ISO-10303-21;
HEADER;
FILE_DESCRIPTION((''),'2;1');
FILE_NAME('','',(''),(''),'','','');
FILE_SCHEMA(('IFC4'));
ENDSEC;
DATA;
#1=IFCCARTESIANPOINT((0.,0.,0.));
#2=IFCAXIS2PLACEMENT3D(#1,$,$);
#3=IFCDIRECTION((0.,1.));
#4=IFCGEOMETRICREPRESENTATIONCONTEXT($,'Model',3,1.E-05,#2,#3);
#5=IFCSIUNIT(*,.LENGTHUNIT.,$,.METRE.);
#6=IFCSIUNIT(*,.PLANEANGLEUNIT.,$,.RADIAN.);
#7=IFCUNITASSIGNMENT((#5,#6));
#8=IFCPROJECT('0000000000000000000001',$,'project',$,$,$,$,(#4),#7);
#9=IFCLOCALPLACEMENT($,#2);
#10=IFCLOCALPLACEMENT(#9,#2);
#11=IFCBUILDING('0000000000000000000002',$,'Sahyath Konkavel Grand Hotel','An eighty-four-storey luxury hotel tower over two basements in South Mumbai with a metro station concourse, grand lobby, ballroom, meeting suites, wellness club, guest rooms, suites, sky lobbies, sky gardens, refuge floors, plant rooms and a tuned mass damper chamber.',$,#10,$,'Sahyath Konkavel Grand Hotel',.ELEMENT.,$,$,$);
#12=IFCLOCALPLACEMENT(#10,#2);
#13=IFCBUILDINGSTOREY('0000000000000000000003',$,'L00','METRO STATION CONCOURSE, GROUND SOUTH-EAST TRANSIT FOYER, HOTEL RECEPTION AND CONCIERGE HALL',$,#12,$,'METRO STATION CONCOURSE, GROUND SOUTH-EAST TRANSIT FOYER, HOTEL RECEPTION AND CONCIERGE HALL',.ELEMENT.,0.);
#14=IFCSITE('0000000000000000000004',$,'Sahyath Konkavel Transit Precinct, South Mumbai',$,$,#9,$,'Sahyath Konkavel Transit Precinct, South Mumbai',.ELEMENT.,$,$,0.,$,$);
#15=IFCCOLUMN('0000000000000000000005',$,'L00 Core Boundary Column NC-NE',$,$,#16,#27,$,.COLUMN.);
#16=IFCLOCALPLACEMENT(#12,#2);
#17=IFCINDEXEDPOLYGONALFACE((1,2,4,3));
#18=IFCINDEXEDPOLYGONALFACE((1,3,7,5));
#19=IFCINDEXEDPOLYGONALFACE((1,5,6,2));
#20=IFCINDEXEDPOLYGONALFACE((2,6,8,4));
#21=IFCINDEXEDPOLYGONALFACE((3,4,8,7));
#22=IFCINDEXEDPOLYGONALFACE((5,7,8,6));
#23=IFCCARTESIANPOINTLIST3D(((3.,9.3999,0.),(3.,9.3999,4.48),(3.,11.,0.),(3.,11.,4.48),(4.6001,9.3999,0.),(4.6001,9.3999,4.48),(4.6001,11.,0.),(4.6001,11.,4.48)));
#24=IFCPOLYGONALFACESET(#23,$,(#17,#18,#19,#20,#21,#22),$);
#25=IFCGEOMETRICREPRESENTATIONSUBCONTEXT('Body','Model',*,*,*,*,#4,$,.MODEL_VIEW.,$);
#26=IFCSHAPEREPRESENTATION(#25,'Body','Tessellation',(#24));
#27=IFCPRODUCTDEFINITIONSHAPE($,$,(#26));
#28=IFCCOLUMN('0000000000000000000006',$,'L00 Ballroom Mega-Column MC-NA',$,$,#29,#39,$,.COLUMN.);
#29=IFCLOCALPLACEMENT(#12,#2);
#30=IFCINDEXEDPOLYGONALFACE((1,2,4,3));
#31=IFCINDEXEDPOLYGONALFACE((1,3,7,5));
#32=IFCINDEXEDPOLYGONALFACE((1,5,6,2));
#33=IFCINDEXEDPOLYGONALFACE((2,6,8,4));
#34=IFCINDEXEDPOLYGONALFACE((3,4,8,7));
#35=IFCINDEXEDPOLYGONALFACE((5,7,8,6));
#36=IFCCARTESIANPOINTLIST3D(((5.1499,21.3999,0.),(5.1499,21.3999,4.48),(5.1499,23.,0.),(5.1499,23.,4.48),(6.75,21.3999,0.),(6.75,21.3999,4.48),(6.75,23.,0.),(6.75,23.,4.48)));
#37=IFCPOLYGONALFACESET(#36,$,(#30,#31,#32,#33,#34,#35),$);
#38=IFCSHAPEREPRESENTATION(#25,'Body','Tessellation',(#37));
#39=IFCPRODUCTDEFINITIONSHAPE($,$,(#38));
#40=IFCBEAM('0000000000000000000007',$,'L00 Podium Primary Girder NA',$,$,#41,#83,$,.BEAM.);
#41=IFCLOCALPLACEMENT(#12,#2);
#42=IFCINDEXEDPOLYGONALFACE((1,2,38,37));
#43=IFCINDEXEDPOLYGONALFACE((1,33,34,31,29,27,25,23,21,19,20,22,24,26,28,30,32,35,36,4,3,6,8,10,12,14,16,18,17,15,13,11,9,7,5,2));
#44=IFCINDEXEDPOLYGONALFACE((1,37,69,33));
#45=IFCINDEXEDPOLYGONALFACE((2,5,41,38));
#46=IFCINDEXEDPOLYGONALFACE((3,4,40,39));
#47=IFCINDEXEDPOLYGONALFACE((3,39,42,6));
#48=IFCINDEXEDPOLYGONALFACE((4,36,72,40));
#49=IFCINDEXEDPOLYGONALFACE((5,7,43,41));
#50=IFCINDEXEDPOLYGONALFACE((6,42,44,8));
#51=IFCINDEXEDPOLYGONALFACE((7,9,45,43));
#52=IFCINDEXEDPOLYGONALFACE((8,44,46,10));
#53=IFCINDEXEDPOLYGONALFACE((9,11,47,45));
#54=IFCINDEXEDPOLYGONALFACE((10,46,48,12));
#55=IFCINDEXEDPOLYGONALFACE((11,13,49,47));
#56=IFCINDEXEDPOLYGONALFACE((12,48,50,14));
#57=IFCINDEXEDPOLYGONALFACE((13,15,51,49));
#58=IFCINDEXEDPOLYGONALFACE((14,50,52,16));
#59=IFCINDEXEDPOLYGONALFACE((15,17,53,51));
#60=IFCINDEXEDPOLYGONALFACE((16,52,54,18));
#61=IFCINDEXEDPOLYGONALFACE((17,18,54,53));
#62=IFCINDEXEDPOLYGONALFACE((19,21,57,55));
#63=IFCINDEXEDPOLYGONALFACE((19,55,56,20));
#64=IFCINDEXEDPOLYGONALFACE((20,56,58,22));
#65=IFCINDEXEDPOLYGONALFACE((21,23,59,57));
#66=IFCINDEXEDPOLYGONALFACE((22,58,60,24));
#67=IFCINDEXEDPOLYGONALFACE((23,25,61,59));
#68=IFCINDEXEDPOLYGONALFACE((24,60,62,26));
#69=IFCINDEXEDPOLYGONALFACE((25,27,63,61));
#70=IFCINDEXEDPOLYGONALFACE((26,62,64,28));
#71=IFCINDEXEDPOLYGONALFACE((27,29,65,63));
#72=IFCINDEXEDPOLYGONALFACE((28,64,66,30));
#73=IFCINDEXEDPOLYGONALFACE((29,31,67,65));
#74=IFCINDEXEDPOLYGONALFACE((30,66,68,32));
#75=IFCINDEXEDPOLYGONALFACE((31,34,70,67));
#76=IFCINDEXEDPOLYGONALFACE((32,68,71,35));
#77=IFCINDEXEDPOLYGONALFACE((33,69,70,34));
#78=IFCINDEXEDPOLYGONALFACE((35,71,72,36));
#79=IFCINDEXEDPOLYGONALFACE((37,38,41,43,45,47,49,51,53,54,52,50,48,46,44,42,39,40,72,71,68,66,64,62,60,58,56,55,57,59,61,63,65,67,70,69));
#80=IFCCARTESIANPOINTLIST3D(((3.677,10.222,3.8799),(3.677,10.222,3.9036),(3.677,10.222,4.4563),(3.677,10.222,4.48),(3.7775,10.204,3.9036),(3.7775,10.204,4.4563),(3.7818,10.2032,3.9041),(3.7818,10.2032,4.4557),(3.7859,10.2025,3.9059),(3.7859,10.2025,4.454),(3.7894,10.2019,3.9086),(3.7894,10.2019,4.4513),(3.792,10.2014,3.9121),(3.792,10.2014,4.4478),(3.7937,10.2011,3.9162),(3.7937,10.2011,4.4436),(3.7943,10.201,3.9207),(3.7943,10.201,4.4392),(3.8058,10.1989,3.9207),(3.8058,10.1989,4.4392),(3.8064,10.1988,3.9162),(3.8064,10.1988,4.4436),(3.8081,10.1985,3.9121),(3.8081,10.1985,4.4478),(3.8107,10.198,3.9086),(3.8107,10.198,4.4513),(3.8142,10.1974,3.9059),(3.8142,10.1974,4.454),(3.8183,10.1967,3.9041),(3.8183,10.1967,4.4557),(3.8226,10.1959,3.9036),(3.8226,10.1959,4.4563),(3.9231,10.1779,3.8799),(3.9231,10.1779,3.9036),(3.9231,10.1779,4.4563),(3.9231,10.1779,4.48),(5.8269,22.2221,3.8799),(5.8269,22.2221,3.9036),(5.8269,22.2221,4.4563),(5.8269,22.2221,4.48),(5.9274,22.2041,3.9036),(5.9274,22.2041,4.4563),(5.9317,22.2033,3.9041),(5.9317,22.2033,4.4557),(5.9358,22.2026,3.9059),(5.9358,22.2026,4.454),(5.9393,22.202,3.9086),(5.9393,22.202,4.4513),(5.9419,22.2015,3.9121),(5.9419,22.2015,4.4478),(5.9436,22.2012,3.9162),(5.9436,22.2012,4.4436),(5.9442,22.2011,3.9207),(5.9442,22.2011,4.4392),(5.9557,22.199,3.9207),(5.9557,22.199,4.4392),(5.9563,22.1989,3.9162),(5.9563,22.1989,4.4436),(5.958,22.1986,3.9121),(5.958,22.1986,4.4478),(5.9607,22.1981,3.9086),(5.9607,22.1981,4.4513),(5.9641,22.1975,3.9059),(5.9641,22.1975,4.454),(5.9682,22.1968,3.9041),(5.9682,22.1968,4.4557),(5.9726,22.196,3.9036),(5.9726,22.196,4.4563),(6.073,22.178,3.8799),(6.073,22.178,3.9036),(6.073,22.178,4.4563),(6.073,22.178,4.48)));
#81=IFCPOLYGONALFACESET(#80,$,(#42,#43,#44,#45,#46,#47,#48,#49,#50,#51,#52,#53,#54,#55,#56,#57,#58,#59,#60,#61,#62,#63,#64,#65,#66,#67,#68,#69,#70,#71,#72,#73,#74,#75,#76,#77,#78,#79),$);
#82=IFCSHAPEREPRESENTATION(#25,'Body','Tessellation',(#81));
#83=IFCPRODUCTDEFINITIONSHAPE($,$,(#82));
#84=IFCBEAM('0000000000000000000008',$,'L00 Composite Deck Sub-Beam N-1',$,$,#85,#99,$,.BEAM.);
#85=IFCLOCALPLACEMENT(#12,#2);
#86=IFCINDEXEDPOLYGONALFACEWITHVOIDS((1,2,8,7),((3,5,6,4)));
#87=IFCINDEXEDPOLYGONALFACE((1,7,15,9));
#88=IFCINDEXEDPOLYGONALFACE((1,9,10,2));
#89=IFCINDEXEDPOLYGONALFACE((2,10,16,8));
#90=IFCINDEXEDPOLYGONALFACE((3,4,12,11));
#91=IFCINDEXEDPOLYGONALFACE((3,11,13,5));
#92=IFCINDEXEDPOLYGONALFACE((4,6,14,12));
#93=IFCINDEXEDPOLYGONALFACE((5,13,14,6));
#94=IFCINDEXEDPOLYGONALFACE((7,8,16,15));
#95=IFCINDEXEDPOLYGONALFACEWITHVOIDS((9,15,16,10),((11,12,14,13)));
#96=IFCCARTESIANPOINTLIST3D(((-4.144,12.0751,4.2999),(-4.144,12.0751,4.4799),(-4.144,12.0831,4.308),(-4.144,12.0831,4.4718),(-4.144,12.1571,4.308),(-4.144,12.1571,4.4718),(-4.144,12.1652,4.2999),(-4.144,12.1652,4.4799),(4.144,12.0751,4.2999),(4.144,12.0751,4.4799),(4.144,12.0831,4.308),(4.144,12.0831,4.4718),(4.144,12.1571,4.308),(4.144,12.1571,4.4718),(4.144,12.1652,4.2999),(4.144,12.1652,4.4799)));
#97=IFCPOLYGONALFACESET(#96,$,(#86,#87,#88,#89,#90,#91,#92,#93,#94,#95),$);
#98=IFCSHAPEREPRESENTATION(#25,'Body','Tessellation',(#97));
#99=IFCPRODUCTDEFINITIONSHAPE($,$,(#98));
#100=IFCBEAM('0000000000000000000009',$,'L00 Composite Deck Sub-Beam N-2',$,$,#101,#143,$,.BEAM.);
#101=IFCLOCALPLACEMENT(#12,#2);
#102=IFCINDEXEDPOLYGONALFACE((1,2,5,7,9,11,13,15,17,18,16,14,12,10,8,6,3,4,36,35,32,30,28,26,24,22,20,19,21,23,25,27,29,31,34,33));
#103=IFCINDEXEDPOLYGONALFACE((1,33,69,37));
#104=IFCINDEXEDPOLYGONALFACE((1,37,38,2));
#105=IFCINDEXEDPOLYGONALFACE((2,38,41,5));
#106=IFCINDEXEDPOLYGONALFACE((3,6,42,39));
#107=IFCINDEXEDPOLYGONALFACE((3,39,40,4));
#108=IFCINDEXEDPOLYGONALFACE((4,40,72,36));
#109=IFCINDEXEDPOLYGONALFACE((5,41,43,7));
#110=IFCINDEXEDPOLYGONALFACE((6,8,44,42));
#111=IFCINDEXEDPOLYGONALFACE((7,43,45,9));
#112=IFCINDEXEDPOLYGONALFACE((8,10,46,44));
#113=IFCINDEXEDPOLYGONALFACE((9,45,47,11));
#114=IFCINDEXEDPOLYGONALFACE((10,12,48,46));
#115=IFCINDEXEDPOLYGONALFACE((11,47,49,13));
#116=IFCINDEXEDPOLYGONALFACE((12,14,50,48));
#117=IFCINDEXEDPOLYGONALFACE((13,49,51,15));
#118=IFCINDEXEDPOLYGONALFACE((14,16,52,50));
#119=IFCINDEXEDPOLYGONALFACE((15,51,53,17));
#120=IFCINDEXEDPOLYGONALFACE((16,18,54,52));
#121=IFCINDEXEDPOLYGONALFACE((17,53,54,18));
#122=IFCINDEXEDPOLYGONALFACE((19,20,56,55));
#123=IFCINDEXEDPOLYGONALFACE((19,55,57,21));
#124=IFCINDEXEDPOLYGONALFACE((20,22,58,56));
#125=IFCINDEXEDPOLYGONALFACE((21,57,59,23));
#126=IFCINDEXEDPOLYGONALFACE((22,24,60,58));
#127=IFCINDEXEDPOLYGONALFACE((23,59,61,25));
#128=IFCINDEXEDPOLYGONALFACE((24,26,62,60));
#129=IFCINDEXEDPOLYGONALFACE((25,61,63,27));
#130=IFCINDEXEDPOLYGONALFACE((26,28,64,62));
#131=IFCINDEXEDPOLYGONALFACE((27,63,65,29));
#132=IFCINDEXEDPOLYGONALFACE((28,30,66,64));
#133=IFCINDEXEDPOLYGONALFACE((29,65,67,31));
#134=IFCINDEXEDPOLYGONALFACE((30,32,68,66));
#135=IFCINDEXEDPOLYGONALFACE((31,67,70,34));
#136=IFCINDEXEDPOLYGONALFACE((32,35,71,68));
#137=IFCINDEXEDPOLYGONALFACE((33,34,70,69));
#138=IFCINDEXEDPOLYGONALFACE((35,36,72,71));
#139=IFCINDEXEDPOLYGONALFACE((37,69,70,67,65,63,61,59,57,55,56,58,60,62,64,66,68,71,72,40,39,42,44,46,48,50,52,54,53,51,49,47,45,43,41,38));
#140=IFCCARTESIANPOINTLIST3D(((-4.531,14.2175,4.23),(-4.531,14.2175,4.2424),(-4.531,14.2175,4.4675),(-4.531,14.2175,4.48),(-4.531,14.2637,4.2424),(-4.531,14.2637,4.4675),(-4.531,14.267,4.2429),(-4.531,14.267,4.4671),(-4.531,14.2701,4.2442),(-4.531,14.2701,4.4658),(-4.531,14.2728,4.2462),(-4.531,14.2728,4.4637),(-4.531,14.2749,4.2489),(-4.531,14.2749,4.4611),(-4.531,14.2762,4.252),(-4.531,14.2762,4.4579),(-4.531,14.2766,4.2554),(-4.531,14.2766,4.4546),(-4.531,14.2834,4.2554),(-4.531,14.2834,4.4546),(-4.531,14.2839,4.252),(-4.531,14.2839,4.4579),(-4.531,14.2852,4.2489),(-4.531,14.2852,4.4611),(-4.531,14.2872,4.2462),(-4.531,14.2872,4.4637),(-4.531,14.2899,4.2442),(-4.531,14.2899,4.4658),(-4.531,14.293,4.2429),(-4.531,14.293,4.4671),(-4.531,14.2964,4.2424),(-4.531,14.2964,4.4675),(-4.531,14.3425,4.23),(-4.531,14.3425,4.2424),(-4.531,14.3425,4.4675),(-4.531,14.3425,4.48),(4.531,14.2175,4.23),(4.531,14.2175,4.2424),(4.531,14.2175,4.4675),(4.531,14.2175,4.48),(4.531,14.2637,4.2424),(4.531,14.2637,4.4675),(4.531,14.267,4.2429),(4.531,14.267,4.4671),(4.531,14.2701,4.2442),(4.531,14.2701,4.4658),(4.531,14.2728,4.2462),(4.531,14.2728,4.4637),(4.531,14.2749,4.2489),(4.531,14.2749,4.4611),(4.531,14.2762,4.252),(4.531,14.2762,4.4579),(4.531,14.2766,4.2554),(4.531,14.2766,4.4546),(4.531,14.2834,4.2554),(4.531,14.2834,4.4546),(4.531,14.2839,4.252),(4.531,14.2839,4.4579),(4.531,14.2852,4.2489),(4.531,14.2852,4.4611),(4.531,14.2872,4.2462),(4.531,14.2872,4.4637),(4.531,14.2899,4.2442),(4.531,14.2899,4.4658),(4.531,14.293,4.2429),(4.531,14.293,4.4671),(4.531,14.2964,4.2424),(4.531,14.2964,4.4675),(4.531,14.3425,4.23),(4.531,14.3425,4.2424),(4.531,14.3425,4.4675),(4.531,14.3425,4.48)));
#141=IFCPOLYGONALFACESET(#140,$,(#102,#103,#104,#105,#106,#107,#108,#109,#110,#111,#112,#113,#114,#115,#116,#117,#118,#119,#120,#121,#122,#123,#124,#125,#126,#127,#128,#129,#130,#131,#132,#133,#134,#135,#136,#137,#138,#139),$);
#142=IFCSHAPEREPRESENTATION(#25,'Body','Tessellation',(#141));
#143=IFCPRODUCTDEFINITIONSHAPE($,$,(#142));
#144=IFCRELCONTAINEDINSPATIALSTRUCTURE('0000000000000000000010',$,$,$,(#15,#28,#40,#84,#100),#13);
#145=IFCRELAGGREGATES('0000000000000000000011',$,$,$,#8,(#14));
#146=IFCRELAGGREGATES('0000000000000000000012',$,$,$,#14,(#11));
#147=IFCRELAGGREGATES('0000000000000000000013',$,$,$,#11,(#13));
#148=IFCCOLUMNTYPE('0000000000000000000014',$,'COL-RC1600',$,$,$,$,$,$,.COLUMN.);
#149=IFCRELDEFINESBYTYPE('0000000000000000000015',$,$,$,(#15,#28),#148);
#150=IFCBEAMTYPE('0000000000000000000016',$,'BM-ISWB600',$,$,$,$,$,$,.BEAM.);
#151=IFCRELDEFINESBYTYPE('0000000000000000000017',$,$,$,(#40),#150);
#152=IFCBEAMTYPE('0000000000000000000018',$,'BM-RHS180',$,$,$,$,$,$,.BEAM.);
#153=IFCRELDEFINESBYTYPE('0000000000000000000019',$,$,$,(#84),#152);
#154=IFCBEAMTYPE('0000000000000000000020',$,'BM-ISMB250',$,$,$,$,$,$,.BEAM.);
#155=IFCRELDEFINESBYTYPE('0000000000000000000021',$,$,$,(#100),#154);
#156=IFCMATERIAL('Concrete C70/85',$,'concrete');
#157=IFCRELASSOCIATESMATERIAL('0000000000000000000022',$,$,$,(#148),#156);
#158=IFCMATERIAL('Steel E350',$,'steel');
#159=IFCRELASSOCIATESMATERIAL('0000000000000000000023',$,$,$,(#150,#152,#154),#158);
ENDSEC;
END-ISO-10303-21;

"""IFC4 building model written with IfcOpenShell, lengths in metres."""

from ifc_helpers import new_model, si_unit, direction, frame, origin, origin_2d, place, context, subcontext, project, spatial, rectangle, hollow_rectangle, i_section, extrude, source, transform, mapped, material, material_profile, profile_set, type_object, element, save


model = new_model("IFC4")

# Units and contexts
model_context = context("Model", 3, precision=1e-05, world=origin(), true_north=direction((0.0, 1.0)))
body_context = subcontext(model_context, "Body", "Model", "MODEL_VIEW")
ifc_project = project(units=[si_unit("LENGTHUNIT", "METRE"), si_unit("PLANEANGLEUNIT", "RADIAN")], contexts=[model_context])

# Site, building, storey
site_placement = place(None, origin())
site = spatial("IfcSite", under=ifc_project, at=site_placement, Name="Sahyath Konkavel Transit Precinct, South Mumbai", LongName="Sahyath Konkavel Transit Precinct, South Mumbai", CompositionType="ELEMENT", RefElevation=0.0)
building_placement = place(site_placement, origin())
building = spatial("IfcBuilding", under=site, at=building_placement, Name="Sahyath Konkavel Grand Hotel", Description="An eighty-four-storey luxury hotel tower over two basements in South Mumbai with a metro station concourse, grand lobby, ballroom, meeting suites, wellness club, guest rooms, suites, sky lobbies, sky gardens, refuge floors, plant rooms and a tuned mass damper chamber.", LongName="Sahyath Konkavel Grand Hotel", CompositionType="ELEMENT")
storey_placement = place(building_placement, origin())
storey = spatial("IfcBuildingStorey", under=building, at=storey_placement, Name="L00", Description="METRO STATION CONCOURSE, GROUND SOUTH-EAST TRANSIT FOYER, HOTEL RECEPTION AND CONCIERGE HALL", LongName="METRO STATION CONCOURSE, GROUND SOUTH-EAST TRANSIT FOYER, HOTEL RECEPTION AND CONCIERGE HALL", CompositionType="ELEMENT", Elevation=0.0)

# Columns
ifc_material_1 = material(Name="Concrete C70/85", Category="concrete")
ifc_material_profile_1 = material_profile(ifc_material_1, rectangle(XDim=1.6001, YDim=1.6001, at=origin_2d()), Name="RC 1600x1600")
ifc_profile_set_1 = profile_set([ifc_material_profile_1], Name="Concrete C70/85")
column_type = type_object("IfcColumnType", Name="COL-RC1600", PredefinedType="COLUMN", material=ifc_profile_set_1)
shared_shape_1 = source(origin(), body_context, "Body", "SweptSolid", [
    extrude(rectangle(XDim=1.6001, YDim=1.6001, at=origin_2d()), origin(), (0.0, 0.0, 1.0), 4.48),
])
for number, where, z_axis, x_axis, name in (
    (1, (3.8, 10.2, 0.0), (0.0, 0.0, 1.0), (1.0, 0.0, 0.0), "L00 Core Boundary Column NC-NE"),
    (2, (5.95, 22.2, 0.0), (0.0, 0.0, 1.0), (1.0, 0.0, 0.0), "L00 Ballroom Mega-Column MC-NA"),
):
    element("IfcColumn", number, at=place(storey_placement, frame(where, z_axis=z_axis, x_axis=x_axis)), inside=storey, type_object=column_type, Name=name, PredefinedType="COLUMN", context=body_context, shape_type="MappedRepresentation", body=[
        mapped(shared_shape_1, transform((0.0, 0.0, 0.0), scale=1.0)),
    ])

# Beams
ifc_material_2 = material(Name="Steel E350", Category="steel")
ifc_material_profile_2 = material_profile(ifc_material_2, i_section(OverallWidth=0.25, OverallDepth=0.6001, WebThickness=0.0117, FlangeThickness=0.0237, FilletRadius=0.0171, at=origin_2d()), Name="ISWB 600")
ifc_profile_set_2 = profile_set([ifc_material_profile_2], Name="Steel E350")
beam_type_1 = type_object("IfcBeamType", Name="BM-ISWB600", PredefinedType="BEAM", material=ifc_profile_set_2)
shared_shape_2 = source(origin(), body_context, "Body", "SweptSolid", [
    extrude(i_section(OverallWidth=0.25, OverallDepth=0.6001, WebThickness=0.0117, FlangeThickness=0.0237, FilletRadius=0.0171, at=origin_2d()), origin(), (0.0, 0.0, 1.0), 12.1912),
])
beam_1_placement = place(storey_placement, frame((3.8, 10.2, 4.1799), z_axis=(0.176351, 0.984327, 0.0), x_axis=(-0.984327, 0.176351, 0.0)))
element("IfcBeam", 3, at=beam_1_placement, inside=storey, type_object=beam_type_1, Name="L00 Podium Primary Girder NA", PredefinedType="BEAM", context=body_context, shape_type="MappedRepresentation", body=[
    mapped(shared_shape_2, transform((0.0, 0.0, 0.0), scale=1.0)),
])
ifc_material_profile_3 = material_profile(ifc_material_2, hollow_rectangle(XDim=0.0901, YDim=0.1799, WallThickness=0.0081, at=origin_2d()), Name="RHS 180x90x8")
ifc_profile_set_3 = profile_set([ifc_material_profile_3], Name="Steel E350")
beam_type_2 = type_object("IfcBeamType", Name="BM-RHS180", PredefinedType="BEAM", material=ifc_profile_set_3)
shared_shape_3 = source(origin(), body_context, "Body", "SweptSolid", [
    extrude(hollow_rectangle(XDim=0.0901, YDim=0.1799, WallThickness=0.0081, at=origin_2d()), origin(), (0.0, 0.0, 1.0), 8.2881),
])
beam_2_placement = place(storey_placement, frame((4.144, 12.1201, 4.3899), z_axis=(-1.0, 0.0, 0.0), x_axis=(0.0, -1.0, 0.0)))
element("IfcBeam", 4, at=beam_2_placement, inside=storey, type_object=beam_type_2, Name="L00 Composite Deck Sub-Beam N-1", PredefinedType="BEAM", context=body_context, shape_type="MappedRepresentation", body=[
    mapped(shared_shape_3, transform((0.0, 0.0, 0.0), scale=1.0)),
])
ifc_material_profile_4 = material_profile(ifc_material_2, i_section(OverallWidth=0.125, OverallDepth=0.25, WebThickness=0.0068, FlangeThickness=0.0125, FilletRadius=0.0129, at=origin_2d()), Name="ISMB 250")
ifc_profile_set_4 = profile_set([ifc_material_profile_4], Name="Steel E350")
beam_type_3 = type_object("IfcBeamType", Name="BM-ISMB250", PredefinedType="BEAM", material=ifc_profile_set_4)
shared_shape_4 = source(origin(), body_context, "Body", "SweptSolid", [
    extrude(i_section(OverallWidth=0.125, OverallDepth=0.25, WebThickness=0.0068, FlangeThickness=0.0125, FilletRadius=0.0129, at=origin_2d()), origin(), (0.0, 0.0, 1.0), 9.062),
])
beam_3_placement = place(storey_placement, frame((4.531, 14.28, 4.355), z_axis=(-1.0, 0.0, 0.0), x_axis=(0.0, -1.0, 0.0)))
element("IfcBeam", 5, at=beam_3_placement, inside=storey, type_object=beam_type_3, Name="L00 Composite Deck Sub-Beam N-2", PredefinedType="BEAM", context=body_context, shape_type="MappedRepresentation", body=[
    mapped(shared_shape_4, transform((0.0, 0.0, 0.0), scale=1.0)),
])

save(model, "model.ifc")
